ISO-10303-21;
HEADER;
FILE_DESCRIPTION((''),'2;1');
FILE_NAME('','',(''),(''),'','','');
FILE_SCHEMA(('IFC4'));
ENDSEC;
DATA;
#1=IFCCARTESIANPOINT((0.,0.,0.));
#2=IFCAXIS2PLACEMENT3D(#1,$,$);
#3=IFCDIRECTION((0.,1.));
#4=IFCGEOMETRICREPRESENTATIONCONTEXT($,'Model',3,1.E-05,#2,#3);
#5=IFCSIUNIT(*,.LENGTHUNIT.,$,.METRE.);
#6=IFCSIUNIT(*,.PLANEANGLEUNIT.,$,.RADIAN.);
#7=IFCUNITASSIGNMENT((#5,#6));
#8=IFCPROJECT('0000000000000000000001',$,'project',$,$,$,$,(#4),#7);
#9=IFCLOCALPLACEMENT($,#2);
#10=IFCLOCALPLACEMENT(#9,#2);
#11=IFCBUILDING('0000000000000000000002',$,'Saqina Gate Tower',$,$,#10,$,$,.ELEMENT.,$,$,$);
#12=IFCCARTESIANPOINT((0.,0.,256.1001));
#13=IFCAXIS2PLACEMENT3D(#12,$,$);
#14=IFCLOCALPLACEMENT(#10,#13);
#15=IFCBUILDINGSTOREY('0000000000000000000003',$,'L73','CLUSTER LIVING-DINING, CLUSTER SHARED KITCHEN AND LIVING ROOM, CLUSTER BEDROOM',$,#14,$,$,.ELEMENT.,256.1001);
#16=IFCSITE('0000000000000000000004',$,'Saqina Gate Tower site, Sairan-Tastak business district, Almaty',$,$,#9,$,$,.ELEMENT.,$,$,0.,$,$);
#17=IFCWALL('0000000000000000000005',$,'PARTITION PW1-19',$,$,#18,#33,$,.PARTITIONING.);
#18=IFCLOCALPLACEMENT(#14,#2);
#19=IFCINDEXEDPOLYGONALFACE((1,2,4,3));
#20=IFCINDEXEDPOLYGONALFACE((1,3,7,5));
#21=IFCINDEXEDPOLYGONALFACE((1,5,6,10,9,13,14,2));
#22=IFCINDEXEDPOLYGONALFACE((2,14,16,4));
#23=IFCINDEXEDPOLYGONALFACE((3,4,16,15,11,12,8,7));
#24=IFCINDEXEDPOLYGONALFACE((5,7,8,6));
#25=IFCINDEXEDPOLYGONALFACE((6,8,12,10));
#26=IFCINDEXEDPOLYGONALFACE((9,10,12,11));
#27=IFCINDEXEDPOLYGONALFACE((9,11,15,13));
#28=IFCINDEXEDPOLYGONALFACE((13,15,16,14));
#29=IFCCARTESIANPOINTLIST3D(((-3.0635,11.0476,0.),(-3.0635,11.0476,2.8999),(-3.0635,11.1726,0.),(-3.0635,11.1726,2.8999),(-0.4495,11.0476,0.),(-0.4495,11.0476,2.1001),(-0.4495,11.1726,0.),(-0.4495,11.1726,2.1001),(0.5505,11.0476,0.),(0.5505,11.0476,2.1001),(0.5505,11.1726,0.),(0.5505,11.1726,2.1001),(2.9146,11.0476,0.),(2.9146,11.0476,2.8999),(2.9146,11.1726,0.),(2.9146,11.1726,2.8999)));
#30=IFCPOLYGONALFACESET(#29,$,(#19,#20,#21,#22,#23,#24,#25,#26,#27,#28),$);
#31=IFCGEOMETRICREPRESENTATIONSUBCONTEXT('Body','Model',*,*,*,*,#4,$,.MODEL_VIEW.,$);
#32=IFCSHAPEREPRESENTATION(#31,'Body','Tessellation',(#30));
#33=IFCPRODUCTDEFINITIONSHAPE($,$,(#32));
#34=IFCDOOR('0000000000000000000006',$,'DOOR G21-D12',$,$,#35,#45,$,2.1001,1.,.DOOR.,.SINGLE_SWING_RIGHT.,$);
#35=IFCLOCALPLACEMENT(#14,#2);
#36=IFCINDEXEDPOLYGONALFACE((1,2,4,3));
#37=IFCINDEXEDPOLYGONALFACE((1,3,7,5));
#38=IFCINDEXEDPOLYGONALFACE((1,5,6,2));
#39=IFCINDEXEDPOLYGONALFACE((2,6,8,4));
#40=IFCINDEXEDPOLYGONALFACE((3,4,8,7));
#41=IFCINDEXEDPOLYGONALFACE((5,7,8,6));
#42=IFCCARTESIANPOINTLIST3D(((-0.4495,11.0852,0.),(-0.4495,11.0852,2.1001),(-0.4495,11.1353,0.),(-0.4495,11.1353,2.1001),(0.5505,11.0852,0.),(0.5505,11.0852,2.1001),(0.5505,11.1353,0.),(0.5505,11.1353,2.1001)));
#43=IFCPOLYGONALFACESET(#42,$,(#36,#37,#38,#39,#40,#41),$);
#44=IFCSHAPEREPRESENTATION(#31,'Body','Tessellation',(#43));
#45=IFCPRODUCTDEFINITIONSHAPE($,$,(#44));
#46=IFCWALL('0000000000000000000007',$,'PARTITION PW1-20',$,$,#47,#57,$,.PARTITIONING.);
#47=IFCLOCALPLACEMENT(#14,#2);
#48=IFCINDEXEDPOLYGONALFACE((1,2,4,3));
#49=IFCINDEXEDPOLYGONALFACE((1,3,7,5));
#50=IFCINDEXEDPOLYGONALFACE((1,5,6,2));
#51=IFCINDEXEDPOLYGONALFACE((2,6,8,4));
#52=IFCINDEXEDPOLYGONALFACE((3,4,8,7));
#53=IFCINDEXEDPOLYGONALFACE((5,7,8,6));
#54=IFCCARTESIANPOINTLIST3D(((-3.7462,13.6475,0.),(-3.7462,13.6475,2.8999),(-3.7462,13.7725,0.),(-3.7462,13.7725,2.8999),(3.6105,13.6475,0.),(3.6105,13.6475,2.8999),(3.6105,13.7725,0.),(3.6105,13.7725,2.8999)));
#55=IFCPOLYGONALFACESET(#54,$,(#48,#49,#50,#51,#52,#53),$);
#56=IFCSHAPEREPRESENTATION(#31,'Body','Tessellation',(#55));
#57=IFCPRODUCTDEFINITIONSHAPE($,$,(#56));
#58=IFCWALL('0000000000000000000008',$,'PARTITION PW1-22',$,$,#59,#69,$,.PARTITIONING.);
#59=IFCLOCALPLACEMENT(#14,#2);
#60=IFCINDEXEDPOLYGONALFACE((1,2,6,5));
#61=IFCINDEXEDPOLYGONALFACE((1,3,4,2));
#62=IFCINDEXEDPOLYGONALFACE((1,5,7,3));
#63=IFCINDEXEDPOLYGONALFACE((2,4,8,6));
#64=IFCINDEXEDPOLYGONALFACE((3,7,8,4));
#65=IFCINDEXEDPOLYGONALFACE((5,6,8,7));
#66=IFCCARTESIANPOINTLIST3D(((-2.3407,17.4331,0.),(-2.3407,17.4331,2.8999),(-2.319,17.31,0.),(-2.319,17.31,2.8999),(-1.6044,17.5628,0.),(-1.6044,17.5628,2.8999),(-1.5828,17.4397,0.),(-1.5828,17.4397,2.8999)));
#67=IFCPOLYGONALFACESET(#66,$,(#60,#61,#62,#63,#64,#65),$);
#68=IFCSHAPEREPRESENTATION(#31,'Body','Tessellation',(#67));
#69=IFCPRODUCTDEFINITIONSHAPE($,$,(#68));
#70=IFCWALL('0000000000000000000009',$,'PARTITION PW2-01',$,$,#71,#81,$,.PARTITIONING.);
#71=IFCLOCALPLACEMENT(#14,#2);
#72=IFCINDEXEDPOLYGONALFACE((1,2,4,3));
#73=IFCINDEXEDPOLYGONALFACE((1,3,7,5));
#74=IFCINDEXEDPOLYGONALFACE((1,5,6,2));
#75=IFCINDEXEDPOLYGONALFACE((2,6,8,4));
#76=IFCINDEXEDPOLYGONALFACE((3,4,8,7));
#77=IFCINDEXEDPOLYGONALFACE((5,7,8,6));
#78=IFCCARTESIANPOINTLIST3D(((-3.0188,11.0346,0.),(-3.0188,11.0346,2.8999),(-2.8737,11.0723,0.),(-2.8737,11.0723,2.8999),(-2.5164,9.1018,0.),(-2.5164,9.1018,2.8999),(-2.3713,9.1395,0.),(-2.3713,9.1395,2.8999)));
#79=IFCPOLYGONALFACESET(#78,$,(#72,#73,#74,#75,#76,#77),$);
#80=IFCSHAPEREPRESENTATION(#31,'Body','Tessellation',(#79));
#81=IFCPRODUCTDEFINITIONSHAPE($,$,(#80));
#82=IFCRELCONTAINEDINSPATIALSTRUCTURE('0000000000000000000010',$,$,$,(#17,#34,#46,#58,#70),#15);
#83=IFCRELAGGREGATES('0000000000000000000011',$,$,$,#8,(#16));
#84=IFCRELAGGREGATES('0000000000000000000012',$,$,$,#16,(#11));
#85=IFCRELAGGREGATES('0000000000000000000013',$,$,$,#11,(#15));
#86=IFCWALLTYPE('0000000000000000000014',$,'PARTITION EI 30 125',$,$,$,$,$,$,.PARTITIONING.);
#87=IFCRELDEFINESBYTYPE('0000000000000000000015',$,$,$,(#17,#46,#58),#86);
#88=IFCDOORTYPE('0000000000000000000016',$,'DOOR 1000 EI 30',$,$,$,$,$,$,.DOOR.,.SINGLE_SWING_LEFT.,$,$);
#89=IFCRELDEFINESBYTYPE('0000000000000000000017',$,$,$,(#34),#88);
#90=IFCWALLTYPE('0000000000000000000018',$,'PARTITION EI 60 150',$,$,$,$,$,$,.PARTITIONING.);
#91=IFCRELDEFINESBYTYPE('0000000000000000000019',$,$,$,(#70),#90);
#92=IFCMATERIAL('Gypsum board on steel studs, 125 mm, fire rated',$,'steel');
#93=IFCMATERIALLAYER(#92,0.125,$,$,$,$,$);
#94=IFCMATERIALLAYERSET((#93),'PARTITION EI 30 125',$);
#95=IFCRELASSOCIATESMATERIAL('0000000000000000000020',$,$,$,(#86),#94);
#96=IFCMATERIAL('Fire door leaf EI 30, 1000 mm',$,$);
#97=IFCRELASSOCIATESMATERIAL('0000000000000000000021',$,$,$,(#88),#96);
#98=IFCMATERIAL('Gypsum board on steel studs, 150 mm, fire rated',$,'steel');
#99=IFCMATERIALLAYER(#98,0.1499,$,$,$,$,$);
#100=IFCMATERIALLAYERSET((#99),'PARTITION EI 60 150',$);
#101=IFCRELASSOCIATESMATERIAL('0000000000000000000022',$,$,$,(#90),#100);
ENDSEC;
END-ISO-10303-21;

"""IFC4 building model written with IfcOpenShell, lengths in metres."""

from ifc_helpers import new_model, si_unit, direction, frame, frame_2d, origin, place, context, subcontext, project, spatial, rectangle, extrude, material, layer, layer_set, type_object, element, fill, save


model = new_model("IFC4")

# Units and contexts
model_context = context("Model", 3, precision=1e-05, world=origin(), true_north=direction((0.0, 1.0)))
body_context = subcontext(model_context, "Body", "Model", "MODEL_VIEW")
ifc_project = project(units=[si_unit("LENGTHUNIT", "METRE"), si_unit("PLANEANGLEUNIT", "RADIAN")], contexts=[model_context])

# Site, building, storey
site_placement = place(None, origin())
site = spatial("IfcSite", under=ifc_project, at=site_placement, Name="Saqina Gate Tower site, Sairan-Tastak business district, Almaty", CompositionType="ELEMENT", RefElevation=0.0)
building_placement = place(site_placement, origin())
building = spatial("IfcBuilding", under=site, at=building_placement, Name="Saqina Gate Tower", CompositionType="ELEMENT")
storey_placement = place(building_placement, frame((0.0, 0.0, 256.1001)))
storey = spatial("IfcBuildingStorey", under=building, at=storey_placement, Name="L73", Description="CLUSTER LIVING-DINING, CLUSTER SHARED KITCHEN AND LIVING ROOM, CLUSTER BEDROOM", CompositionType="ELEMENT", Elevation=256.1001)

# Shared definitions
ifc_material_1 = material(Name="Gypsum board on steel studs, 125 mm, fire rated", Category="steel")
ifc_layer_1 = layer(ifc_material_1, 0.125)
ifc_layer_set_1 = layer_set([ifc_layer_1], Name="PARTITION EI 30 125")
wall_type_1 = type_object("IfcWallType", Name="PARTITION EI 30 125", PredefinedType="PARTITIONING", material=ifc_layer_set_1)

# Wall, opening, door
wall_1_placement = place(storey_placement, frame((-3.0635, 11.1101, 0.0), z_axis=(0.0, 0.0, 1.0), x_axis=(1.0, 0.0, 0.0)))
wall_1 = element("IfcWall", 1, at=wall_1_placement, inside=storey, type_object=wall_type_1, Name="PARTITION PW1-19", PredefinedType="PARTITIONING", context=body_context, shape_type="SweptSolid", body=[
    extrude(rectangle(XDim=5.978, YDim=0.125, at=frame_2d((2.989, 0.0))), origin(), (0.0, 0.0, 1.0), 2.8999),
])
opening_1_placement = place(wall_1_placement, frame((2.614, 0.0, 0.0)))
opening_1 = element("IfcOpeningElement", 2, at=opening_1_placement, cuts=wall_1, PredefinedType="OPENING", context=body_context, shape_type="SweptSolid", body=[
    extrude(rectangle(XDim=1.0, YDim=2.1001, at=frame_2d((0.5, 1.05))), frame((0.0, 0.0745, 0.0), z_axis=(0.0, -1.0, 0.0), x_axis=(1.0, 0.0, 0.0)), (0.0, 0.0, 1.0), 0.1489),
])
ifc_material_2 = material(Name="Fire door leaf EI 30, 1000 mm")
door_type_1 = type_object("IfcDoorType", Name="DOOR 1000 EI 30", OperationType="SINGLE_SWING_LEFT", PredefinedType="DOOR", material=ifc_material_2)
door_1_placement = place(opening_1_placement, frame((1.0, 0.0, 0.0), z_axis=(0.0, 0.0, 1.0), x_axis=(-1.0, 0.0, 0.0)))
door_1 = element("IfcDoor", 3, at=door_1_placement, inside=storey, type_object=door_type_1, Name="DOOR G21-D12", OperationType="SINGLE_SWING_RIGHT", OverallHeight=2.1001, OverallWidth=1.0, PredefinedType="DOOR", context=body_context, shape_type="SweptSolid", body=[
    extrude(rectangle(XDim=1.0, YDim=2.1001, at=frame_2d((0.5, 1.05))), frame((0.0, 0.0249, 0.0), z_axis=(0.0, -1.0, 0.0), x_axis=(1.0, 0.0, 0.0)), (0.0, 0.0, 1.0), 0.05),
])
fill(opening_1, door_1)

# Walls
wall_2_placement = place(storey_placement, frame((-3.7461, 13.71, 0.0), z_axis=(0.0, 0.0, 1.0), x_axis=(1.0, 0.0, 0.0)))
element("IfcWall", 4, at=wall_2_placement, inside=storey, type_object=wall_type_1, Name="PARTITION PW1-20", PredefinedType="PARTITIONING", context=body_context, shape_type="SweptSolid", body=[
    extrude(rectangle(XDim=7.3567, YDim=0.125, at=frame_2d((3.6782, 0.0))), origin(), (0.0, 0.0, 1.0), 2.8999),
])
wall_3_placement = place(storey_placement, frame((-2.3298, 17.3716, 0.0), z_axis=(0.0, 0.0, 1.0), x_axis=(0.984853, 0.173394, 0.0)))
element("IfcWall", 5, at=wall_3_placement, inside=storey, type_object=wall_type_1, Name="PARTITION PW1-22", PredefinedType="PARTITIONING", context=body_context, shape_type="SweptSolid", body=[
    extrude(rectangle(XDim=0.7476, YDim=0.125, at=frame_2d((0.3738, 0.0))), origin(), (0.0, 0.0, 1.0), 2.8999),
])
ifc_material_3 = material(Name="Gypsum board on steel studs, 150 mm, fire rated", Category="steel")
ifc_layer_2 = layer(ifc_material_3, 0.1499)
ifc_layer_set_2 = layer_set([ifc_layer_2], Name="PARTITION EI 60 150")
wall_type_2 = type_object("IfcWallType", Name="PARTITION EI 60 150", PredefinedType="PARTITIONING", material=ifc_layer_set_2)
wall_4_placement = place(storey_placement, frame((-2.9463, 11.0535, 0.0), z_axis=(0.0, 0.0, 1.0), x_axis=(0.251586, -0.967835, 0.0)))
element("IfcWall", 6, at=wall_4_placement, inside=storey, type_object=wall_type_2, Name="PARTITION PW2-01", PredefinedType="PARTITIONING", context=body_context, shape_type="SweptSolid", body=[
    extrude(rectangle(XDim=1.9971, YDim=0.1499, at=frame_2d((0.9985, 0.0))), origin(), (0.0, 0.0, 1.0), 2.8999),
])

save(model, "model.ifc")
